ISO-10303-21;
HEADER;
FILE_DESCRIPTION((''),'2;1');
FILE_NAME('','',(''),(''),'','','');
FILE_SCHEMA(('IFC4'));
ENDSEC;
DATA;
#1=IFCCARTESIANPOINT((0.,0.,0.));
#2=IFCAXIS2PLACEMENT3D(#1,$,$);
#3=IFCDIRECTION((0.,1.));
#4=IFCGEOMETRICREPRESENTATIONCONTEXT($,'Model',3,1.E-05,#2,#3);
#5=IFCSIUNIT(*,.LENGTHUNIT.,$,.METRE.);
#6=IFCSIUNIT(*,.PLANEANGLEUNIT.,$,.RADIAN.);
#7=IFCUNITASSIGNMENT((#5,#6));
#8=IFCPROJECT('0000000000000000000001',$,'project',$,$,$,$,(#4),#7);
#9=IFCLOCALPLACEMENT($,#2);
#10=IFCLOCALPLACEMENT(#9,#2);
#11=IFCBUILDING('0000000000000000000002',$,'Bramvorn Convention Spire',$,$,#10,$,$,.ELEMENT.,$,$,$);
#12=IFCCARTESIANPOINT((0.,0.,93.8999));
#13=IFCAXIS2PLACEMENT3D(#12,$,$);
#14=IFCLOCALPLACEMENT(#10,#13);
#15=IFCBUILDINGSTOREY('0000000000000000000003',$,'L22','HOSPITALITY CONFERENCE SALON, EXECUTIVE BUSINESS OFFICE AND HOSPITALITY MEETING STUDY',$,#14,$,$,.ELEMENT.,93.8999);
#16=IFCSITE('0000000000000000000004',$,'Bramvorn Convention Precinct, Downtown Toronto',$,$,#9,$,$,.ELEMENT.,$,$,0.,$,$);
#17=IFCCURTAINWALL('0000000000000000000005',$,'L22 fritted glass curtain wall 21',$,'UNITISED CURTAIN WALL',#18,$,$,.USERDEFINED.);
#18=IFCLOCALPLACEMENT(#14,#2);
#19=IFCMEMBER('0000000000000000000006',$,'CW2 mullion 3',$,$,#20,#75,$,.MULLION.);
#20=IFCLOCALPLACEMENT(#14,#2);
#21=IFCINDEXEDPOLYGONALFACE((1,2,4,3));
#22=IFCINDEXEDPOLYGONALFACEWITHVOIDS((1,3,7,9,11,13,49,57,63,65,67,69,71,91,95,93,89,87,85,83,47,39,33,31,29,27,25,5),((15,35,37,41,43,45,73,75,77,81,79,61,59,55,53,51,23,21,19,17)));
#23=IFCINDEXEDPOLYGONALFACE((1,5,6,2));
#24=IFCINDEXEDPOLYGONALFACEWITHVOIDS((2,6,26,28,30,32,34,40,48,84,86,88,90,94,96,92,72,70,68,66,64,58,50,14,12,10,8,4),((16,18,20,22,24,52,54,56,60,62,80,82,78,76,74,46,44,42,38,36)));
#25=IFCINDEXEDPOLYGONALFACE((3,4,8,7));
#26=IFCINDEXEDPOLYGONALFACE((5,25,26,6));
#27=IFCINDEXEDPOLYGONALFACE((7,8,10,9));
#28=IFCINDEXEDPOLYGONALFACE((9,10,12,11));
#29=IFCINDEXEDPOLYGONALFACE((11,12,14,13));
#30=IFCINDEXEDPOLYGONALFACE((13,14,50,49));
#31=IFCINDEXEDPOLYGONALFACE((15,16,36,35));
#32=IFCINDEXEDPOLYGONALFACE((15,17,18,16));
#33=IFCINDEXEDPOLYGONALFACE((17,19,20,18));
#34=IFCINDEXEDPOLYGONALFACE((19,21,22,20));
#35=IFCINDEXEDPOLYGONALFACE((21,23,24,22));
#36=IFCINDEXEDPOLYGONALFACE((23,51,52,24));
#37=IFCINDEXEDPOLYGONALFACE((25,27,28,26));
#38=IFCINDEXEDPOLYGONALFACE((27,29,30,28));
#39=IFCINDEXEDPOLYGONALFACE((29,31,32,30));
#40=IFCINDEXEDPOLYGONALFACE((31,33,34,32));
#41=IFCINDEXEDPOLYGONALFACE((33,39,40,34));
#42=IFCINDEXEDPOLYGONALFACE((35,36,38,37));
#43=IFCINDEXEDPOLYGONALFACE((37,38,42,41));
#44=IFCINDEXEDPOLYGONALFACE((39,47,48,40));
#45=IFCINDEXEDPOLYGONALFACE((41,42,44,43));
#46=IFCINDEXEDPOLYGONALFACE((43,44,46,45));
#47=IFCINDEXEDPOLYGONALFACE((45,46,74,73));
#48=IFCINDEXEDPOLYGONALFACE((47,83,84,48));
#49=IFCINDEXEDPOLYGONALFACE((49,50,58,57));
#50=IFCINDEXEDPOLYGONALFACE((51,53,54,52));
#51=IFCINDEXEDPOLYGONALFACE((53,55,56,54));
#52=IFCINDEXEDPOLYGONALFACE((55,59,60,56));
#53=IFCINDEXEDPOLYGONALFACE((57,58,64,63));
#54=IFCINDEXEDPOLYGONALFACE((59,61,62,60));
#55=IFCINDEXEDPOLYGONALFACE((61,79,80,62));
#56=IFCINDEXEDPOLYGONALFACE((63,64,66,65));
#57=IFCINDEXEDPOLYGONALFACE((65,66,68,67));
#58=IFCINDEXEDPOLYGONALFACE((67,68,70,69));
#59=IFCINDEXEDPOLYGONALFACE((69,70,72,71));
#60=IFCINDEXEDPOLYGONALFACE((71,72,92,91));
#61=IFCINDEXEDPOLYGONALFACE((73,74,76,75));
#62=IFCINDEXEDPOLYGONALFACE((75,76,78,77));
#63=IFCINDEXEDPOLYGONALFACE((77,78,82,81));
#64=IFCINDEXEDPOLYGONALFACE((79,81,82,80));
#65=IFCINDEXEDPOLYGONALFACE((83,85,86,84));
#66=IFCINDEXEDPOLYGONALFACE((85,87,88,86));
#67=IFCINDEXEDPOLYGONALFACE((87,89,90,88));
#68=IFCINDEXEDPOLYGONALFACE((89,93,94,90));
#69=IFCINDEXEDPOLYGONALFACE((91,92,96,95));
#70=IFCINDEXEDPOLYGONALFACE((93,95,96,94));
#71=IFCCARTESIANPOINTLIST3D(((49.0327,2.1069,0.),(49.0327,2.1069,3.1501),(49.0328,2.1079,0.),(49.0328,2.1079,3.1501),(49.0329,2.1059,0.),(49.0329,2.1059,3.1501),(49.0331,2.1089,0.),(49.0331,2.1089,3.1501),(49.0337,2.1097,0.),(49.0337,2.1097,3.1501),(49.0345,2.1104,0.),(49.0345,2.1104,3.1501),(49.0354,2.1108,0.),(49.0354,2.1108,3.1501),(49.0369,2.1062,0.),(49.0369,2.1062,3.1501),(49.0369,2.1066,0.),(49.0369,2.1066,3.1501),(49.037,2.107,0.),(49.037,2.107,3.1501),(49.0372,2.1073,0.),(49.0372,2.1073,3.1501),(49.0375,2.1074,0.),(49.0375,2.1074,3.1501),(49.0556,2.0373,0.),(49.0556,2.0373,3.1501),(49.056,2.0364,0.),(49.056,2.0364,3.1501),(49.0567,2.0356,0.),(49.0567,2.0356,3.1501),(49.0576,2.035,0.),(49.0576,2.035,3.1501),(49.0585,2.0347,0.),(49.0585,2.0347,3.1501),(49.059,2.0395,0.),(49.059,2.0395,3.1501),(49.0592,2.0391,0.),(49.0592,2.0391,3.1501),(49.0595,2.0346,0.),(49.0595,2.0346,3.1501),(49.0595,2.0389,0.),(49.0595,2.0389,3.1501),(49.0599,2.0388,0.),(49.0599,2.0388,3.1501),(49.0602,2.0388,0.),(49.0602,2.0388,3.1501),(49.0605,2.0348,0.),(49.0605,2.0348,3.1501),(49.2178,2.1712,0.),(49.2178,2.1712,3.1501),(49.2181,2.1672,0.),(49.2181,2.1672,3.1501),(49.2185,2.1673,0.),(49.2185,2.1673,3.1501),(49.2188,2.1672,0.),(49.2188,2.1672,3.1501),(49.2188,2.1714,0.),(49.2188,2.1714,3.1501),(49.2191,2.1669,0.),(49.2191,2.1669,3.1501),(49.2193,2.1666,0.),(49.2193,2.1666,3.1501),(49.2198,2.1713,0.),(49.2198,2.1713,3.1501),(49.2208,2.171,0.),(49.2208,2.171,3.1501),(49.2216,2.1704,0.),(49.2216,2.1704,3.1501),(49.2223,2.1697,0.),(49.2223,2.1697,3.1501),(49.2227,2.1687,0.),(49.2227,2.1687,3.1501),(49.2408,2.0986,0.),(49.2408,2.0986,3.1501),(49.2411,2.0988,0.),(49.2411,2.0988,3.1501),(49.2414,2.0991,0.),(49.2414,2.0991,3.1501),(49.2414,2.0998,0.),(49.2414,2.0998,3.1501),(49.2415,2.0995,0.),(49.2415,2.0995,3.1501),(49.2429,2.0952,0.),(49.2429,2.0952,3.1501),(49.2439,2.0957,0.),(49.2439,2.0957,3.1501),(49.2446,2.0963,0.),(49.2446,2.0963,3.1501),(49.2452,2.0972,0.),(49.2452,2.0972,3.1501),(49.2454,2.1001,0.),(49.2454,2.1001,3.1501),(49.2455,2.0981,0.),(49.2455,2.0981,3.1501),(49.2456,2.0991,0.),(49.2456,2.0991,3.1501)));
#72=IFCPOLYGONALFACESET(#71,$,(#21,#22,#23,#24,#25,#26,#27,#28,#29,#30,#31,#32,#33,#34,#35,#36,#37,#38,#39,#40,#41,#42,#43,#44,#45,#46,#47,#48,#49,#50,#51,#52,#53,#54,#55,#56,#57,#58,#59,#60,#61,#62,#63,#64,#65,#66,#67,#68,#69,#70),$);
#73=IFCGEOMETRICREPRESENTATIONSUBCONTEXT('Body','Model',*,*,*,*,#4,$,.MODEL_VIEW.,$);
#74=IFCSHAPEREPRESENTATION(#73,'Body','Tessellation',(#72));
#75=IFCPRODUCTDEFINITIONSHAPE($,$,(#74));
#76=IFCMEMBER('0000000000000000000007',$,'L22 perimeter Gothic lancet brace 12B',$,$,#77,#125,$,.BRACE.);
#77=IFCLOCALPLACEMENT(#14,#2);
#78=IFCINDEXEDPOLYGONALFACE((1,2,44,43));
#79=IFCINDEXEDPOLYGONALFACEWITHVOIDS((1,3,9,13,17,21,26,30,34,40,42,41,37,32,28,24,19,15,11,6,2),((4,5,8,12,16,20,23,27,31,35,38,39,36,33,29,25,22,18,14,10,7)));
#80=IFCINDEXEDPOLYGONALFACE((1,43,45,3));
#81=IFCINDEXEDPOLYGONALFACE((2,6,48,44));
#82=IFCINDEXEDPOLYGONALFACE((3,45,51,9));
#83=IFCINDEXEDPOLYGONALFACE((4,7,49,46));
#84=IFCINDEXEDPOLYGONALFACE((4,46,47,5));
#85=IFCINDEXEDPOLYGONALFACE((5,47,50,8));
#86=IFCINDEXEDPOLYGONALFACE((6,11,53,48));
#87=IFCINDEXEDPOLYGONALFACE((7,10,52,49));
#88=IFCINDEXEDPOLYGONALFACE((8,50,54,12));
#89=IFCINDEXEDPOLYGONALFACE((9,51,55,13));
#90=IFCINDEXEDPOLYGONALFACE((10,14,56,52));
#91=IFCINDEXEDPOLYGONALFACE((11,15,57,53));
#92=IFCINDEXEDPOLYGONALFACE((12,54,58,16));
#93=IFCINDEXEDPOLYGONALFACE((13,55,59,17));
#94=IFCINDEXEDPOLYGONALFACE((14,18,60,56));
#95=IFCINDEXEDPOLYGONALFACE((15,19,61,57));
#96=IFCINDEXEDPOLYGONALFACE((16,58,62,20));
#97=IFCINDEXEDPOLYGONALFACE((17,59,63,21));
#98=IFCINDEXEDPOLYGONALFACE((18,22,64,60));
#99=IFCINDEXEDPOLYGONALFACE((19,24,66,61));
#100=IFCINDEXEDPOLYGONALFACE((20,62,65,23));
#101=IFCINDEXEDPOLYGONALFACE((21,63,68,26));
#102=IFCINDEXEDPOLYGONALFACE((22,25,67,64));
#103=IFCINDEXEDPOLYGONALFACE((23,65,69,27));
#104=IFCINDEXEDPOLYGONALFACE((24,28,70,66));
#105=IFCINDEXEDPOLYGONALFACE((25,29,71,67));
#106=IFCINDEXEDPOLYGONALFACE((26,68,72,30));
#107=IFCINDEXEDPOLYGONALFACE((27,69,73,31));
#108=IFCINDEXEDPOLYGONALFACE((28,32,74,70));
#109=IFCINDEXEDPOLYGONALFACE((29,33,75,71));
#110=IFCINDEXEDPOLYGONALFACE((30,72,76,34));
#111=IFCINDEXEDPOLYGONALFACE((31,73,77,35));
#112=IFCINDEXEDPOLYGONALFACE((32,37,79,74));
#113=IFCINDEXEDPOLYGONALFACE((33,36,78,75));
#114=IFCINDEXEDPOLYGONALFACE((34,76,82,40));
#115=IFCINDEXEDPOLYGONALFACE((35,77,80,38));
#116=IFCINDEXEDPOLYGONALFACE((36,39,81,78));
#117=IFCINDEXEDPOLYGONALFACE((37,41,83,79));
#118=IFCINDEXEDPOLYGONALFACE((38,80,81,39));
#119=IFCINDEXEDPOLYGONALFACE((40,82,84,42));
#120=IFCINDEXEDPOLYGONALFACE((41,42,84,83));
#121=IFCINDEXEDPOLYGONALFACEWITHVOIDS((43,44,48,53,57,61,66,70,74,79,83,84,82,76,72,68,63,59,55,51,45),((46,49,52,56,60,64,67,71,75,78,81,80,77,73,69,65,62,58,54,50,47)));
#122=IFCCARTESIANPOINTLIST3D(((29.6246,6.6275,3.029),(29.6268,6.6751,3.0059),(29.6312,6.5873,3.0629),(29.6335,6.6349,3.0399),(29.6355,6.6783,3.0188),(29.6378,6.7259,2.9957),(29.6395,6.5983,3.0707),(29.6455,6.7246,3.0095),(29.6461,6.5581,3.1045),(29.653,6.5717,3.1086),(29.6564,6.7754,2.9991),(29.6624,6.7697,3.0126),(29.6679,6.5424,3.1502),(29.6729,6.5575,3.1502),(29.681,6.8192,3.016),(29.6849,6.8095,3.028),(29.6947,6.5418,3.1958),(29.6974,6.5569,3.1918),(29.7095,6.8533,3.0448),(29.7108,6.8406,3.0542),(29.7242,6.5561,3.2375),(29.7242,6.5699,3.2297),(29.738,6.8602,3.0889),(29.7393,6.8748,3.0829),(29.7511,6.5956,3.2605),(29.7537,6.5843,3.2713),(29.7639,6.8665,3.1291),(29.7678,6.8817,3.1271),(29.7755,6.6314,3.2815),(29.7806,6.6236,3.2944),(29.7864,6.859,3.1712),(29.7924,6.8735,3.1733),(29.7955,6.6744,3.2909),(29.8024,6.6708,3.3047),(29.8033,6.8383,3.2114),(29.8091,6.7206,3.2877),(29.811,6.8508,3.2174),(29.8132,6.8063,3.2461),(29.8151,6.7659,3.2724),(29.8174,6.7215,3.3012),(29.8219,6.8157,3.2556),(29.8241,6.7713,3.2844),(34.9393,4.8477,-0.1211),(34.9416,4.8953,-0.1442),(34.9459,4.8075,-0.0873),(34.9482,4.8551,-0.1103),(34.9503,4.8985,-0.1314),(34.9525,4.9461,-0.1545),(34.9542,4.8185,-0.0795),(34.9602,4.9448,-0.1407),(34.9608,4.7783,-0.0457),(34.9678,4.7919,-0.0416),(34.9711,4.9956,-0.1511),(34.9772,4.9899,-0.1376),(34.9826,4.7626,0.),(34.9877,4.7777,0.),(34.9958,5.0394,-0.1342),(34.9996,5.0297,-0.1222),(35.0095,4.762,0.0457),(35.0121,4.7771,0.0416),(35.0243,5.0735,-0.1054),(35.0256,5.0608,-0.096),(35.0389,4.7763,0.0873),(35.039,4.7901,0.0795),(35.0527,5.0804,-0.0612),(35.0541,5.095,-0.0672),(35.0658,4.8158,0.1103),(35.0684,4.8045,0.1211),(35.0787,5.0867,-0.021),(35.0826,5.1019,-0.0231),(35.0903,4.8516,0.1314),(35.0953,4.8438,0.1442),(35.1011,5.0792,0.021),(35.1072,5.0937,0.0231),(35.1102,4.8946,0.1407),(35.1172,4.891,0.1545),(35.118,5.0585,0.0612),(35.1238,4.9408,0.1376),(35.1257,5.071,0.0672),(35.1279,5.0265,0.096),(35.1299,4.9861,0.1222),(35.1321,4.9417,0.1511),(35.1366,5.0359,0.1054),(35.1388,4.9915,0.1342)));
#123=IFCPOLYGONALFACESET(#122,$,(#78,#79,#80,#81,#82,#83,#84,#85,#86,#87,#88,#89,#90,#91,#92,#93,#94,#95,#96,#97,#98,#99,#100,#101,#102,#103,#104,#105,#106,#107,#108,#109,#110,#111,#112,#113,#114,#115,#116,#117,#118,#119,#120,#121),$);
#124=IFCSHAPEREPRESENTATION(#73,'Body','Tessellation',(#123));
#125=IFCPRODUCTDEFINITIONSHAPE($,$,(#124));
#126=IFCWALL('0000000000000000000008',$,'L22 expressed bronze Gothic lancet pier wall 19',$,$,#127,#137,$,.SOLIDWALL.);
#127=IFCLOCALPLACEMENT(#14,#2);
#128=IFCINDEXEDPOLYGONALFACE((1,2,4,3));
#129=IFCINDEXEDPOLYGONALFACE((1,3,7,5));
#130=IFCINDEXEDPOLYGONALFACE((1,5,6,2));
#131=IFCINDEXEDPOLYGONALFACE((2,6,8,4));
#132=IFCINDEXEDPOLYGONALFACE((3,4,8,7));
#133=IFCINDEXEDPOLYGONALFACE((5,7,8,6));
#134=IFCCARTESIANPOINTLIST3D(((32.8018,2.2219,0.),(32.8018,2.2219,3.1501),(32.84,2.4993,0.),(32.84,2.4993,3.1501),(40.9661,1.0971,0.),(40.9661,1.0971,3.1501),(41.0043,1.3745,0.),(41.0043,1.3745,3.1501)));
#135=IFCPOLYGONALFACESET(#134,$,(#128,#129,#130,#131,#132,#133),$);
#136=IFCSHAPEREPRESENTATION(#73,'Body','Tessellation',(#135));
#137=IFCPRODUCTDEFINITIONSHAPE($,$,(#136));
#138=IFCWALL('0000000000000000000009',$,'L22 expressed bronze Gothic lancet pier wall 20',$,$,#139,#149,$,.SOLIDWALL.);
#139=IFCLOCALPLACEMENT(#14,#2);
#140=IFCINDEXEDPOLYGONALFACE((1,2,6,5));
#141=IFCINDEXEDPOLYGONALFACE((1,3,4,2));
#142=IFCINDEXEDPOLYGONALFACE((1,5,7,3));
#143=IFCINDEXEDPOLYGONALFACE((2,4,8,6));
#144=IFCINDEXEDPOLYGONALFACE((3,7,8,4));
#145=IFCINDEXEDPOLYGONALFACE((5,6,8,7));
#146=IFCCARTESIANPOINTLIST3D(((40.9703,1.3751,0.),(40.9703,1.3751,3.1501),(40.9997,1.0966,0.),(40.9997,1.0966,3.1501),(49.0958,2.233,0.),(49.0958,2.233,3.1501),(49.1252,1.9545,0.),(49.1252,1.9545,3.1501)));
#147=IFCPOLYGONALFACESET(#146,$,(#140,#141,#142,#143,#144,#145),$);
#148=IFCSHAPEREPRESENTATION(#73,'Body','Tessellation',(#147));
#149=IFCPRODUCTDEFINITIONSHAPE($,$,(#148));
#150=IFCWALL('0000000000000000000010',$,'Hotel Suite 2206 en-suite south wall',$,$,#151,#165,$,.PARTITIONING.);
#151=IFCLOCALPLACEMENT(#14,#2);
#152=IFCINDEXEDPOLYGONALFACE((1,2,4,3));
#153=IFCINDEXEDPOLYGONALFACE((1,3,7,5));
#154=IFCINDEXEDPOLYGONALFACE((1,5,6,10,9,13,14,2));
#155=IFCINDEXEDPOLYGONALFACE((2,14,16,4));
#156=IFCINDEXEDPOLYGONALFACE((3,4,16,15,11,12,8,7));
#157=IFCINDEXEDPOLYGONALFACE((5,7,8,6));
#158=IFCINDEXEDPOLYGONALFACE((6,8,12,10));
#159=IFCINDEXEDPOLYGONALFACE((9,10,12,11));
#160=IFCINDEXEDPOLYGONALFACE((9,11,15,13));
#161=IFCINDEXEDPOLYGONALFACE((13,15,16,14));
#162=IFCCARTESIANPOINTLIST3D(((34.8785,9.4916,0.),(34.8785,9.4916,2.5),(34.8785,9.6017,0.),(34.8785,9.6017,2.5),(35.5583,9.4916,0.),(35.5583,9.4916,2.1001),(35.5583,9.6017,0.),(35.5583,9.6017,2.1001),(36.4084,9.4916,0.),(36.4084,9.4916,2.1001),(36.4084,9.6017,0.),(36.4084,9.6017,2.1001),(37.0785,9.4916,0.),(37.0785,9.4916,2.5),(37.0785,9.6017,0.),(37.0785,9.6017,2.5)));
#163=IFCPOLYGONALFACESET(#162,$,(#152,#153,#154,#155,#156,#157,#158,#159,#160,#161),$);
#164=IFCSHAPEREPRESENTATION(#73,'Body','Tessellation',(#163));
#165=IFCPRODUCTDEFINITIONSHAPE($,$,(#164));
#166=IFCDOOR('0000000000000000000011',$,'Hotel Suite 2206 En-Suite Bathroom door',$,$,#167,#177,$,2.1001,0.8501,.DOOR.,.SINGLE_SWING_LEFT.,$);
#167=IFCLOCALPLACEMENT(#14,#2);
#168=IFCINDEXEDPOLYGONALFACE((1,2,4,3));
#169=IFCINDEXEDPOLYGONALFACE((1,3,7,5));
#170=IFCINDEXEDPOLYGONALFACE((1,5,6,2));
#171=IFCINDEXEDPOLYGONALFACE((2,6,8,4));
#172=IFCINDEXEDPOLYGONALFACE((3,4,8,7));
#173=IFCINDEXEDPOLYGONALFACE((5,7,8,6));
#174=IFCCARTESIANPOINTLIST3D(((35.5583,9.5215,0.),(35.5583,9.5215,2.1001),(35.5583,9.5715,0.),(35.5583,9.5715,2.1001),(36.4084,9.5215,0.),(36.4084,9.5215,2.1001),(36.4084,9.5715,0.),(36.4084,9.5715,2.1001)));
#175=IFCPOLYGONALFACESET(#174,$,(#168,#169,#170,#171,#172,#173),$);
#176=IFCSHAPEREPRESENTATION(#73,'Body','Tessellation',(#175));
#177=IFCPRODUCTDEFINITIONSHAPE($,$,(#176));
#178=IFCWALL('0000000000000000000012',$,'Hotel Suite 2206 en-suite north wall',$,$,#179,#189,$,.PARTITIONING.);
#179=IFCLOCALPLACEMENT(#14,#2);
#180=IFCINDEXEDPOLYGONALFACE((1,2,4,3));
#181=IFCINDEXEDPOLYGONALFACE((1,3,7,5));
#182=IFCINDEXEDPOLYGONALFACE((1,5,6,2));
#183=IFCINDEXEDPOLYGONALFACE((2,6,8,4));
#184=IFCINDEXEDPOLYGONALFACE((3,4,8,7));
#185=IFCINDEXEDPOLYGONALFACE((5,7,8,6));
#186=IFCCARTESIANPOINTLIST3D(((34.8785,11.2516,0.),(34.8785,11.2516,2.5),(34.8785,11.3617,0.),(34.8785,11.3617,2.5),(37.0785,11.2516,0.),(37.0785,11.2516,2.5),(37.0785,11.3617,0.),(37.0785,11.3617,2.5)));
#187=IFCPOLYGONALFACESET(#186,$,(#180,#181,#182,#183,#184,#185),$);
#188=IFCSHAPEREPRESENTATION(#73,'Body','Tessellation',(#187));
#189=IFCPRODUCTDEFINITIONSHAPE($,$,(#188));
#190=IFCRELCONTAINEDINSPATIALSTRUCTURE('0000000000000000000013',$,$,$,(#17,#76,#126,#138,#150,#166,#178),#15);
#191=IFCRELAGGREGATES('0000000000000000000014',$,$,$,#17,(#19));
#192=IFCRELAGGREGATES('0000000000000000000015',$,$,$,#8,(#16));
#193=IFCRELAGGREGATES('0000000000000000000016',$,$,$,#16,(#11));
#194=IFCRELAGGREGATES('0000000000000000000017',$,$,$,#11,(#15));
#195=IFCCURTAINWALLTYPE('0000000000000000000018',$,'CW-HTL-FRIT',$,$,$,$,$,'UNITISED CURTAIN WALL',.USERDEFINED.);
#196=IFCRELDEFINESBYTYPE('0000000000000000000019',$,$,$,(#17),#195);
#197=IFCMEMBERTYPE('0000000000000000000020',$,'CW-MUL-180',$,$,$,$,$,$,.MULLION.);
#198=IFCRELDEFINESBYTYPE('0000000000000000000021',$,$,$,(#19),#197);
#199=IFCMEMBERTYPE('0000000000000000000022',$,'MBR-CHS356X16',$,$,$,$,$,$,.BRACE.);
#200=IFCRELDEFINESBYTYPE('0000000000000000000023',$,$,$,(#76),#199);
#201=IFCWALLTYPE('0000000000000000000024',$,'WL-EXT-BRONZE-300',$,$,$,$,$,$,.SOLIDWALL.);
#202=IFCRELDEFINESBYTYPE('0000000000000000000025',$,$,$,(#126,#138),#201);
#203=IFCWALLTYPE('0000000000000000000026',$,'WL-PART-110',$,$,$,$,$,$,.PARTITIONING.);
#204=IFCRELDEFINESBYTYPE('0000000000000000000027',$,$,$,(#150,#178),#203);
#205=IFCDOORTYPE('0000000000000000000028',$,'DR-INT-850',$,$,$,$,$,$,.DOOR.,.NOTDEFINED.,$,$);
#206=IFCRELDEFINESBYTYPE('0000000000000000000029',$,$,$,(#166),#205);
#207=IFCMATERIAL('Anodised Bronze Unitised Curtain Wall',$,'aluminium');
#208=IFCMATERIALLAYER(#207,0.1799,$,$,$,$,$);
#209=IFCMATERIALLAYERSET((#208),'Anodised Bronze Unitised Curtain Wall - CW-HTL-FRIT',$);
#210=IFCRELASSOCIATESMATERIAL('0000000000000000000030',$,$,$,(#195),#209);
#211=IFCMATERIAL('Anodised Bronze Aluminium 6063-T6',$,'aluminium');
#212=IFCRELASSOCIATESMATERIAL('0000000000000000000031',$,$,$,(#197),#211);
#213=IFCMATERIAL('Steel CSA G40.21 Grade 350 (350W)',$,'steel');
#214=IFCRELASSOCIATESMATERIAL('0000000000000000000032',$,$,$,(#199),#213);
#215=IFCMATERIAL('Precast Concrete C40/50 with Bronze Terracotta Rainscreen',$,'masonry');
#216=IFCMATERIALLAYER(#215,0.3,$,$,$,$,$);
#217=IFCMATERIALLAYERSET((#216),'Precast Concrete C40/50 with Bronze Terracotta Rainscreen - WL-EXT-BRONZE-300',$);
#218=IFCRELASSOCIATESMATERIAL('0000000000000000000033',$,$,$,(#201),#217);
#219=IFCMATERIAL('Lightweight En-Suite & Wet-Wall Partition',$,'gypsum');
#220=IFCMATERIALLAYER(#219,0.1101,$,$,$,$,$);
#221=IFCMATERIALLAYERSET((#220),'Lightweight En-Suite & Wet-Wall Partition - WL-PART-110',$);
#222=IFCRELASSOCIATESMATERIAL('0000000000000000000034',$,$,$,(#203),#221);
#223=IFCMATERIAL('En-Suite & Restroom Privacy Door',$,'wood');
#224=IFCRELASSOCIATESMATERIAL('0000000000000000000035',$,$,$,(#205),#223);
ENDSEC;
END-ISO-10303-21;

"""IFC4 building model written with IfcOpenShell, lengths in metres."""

from ifc_helpers import new_model, si_unit, direction, frame, frame_2d, origin, origin_2d, place, context, subcontext, project, spatial, rectangle, hollow_rectangle, hollow_circle, extrude, material, layer, layer_set, material_profile, profile_set, type_object, element, fill, aggregate, save


model = new_model("IFC4")

# Units and contexts
model_context = context("Model", 3, precision=1e-05, world=origin(), true_north=direction((0.0, 1.0)))
body_context = subcontext(model_context, "Body", "Model", "MODEL_VIEW")
ifc_project = project(units=[si_unit("LENGTHUNIT", "METRE"), si_unit("PLANEANGLEUNIT", "RADIAN")], contexts=[model_context])

# Site, building, storey
site_placement = place(None, origin())
site = spatial("IfcSite", under=ifc_project, at=site_placement, Name="Bramvorn Convention Precinct, Downtown Toronto", CompositionType="ELEMENT", RefElevation=0.0)
building_placement = place(site_placement, origin())
building = spatial("IfcBuilding", under=site, at=building_placement, Name="Bramvorn Convention Spire", CompositionType="ELEMENT")
storey_placement = place(building_placement, frame((0.0, 0.0, 93.8999)))
storey = spatial("IfcBuildingStorey", under=building, at=storey_placement, Name="L22", Description="HOSPITALITY CONFERENCE SALON, EXECUTIVE BUSINESS OFFICE AND HOSPITALITY MEETING STUDY", CompositionType="ELEMENT", Elevation=93.8999)

# Shared definitions
ifc_material_1 = material(Name="Steel CSA G40.21 Grade 350 (350W)", Category="steel")

# Curtain wall, member
ifc_material_2 = material(Name="Anodised Bronze Unitised Curtain Wall", Category="aluminium")
ifc_layer_1 = layer(ifc_material_2, 0.1799)
ifc_layer_set_1 = layer_set([ifc_layer_1], Name="Anodised Bronze Unitised Curtain Wall - CW-HTL-FRIT")
curtain_wall_type = type_object("IfcCurtainWallType", Name="CW-HTL-FRIT", ElementType="UNITISED CURTAIN WALL", PredefinedType="USERDEFINED", material=ifc_layer_set_1)
curtain_wall_placement = place(storey_placement, origin())
curtain_wall = element("IfcCurtainWall", 1, at=curtain_wall_placement, inside=storey, type_object=curtain_wall_type, Name="L22 fritted glass curtain wall 21", ObjectType="UNITISED CURTAIN WALL", PredefinedType="USERDEFINED")
ifc_material_3 = material(Name="Anodised Bronze Aluminium 6063-T6", Category="aluminium")
ifc_material_profile_1 = material_profile(ifc_material_3, hollow_rectangle(XDim=0.0801, YDim=0.2, WallThickness=0.0039, InnerFilletRadius=0.001, OuterFilletRadius=0.0039, at=origin_2d()))
ifc_profile_set_1 = profile_set([ifc_material_profile_1], Name="Anodised Bronze Aluminium 6063-T6 - CWM80X200")
member_type_1 = type_object("IfcMemberType", Name="CW-MUL-180", PredefinedType="MULLION", material=ifc_profile_set_1)
member_1_placement = place(storey_placement, frame((49.1392, 2.103, 0.0), z_axis=(0.0, 0.0, 1.0), x_axis=(0.314269, -0.949334, 0.0)))
member_1 = element("IfcMember", 2, at=member_1_placement, type_object=member_type_1, Name="CW2 mullion 3", PredefinedType="MULLION", context=body_context, shape_type="SweptSolid", body=[
    extrude(hollow_rectangle(XDim=0.0801, YDim=0.2, WallThickness=0.0039, InnerFilletRadius=0.001, OuterFilletRadius=0.0039, at=origin_2d()), origin(), (0.0, 0.0, 1.0), 3.1501),
])
aggregate(curtain_wall, [member_1])

# Member
ifc_material_profile_2 = material_profile(ifc_material_1, hollow_circle(Radius=0.1777, WallThickness=0.0159, at=origin_2d()))
ifc_profile_set_2 = profile_set([ifc_material_profile_2], Name="Steel CSA G40.21 Grade 350 (350W) - CHS356X16")
member_type_2 = type_object("IfcMemberType", Name="MBR-CHS356X16", PredefinedType="BRACE", material=ifc_profile_set_2)
member_2_placement = place(storey_placement, frame((35.0391, 4.9312, 0.0), z_axis=(-0.826625, 0.27682, 0.48996), x_axis=(-0.317547, -0.948242, 0.0)))
element("IfcMember", 3, at=member_2_placement, inside=storey, type_object=member_type_2, Name="L22 perimeter Gothic lancet brace 12B", PredefinedType="BRACE", context=body_context, shape_type="SweptSolid", body=[
    extrude(hollow_circle(Radius=0.1777, WallThickness=0.0159, at=origin_2d()), origin(), (0.0, 0.0, 1.0), 6.4294),
])

# Walls
ifc_material_4 = material(Name="Precast Concrete C40/50 with Bronze Terracotta Rainscreen", Category="masonry")
ifc_layer_2 = layer(ifc_material_4, 0.3)
ifc_layer_set_2 = layer_set([ifc_layer_2], Name="Precast Concrete C40/50 with Bronze Terracotta Rainscreen - WL-EXT-BRONZE-300")
wall_type_1 = type_object("IfcWallType", Name="WL-EXT-BRONZE-300", PredefinedType="SOLIDWALL", material=ifc_layer_set_2)
wall_1_placement = place(storey_placement, frame((40.9851, 1.2358, 0.0), z_axis=(0.0, 0.0, 1.0), x_axis=(-0.990643, 0.136476, 0.0)))
element("IfcWall", 4, at=wall_1_placement, inside=storey, type_object=wall_type_1, Name="L22 expressed bronze Gothic lancet pier wall 19", PredefinedType="SOLIDWALL", context=body_context, shape_type="SweptSolid", body=[
    extrude(rectangle(XDim=8.2415, YDim=0.28, at=frame_2d((4.1206, 0.0))), origin(), (0.0, 0.0, 1.0), 3.1501),
])
wall_2_placement = place(storey_placement, frame((49.1106, 2.0938, 0.0), z_axis=(0.0, 0.0, 1.0), x_axis=(-0.994472, -0.104999, 0.0)))
element("IfcWall", 5, at=wall_2_placement, inside=storey, type_object=wall_type_1, Name="L22 expressed bronze Gothic lancet pier wall 20", PredefinedType="SOLIDWALL", context=body_context, shape_type="SweptSolid", body=[
    extrude(rectangle(XDim=8.1707, YDim=0.28, at=frame_2d((4.0854, 0.0))), origin(), (0.0, 0.0, 1.0), 3.1501),
])

# Wall, opening, door
ifc_material_5 = material(Name="Lightweight En-Suite & Wet-Wall Partition", Category="gypsum")
ifc_layer_3 = layer(ifc_material_5, 0.1101)
ifc_layer_set_3 = layer_set([ifc_layer_3], Name="Lightweight En-Suite & Wet-Wall Partition - WL-PART-110")
wall_type_2 = type_object("IfcWallType", Name="WL-PART-110", PredefinedType="PARTITIONING", material=ifc_layer_set_3)
wall_3_placement = place(storey_placement, frame((34.8784, 9.5466, 0.0), z_axis=(0.0, 0.0, 1.0), x_axis=(1.0, 0.0, 0.0)))
wall_3 = element("IfcWall", 6, at=wall_3_placement, inside=storey, type_object=wall_type_2, Name="Hotel Suite 2206 en-suite south wall", PredefinedType="PARTITIONING", context=body_context, shape_type="SweptSolid", body=[
    extrude(rectangle(XDim=2.2, YDim=0.1101, at=frame_2d((1.1001, 0.0))), origin(), (0.0, 0.0, 1.0), 2.5),
])
opening_placement = place(wall_3_placement, frame((0.6799, 0.0, 0.0)))
opening = element("IfcOpeningElement", 7, at=opening_placement, cuts=wall_3, PredefinedType="OPENING", context=body_context, shape_type="SweptSolid", body=[
    extrude(rectangle(XDim=0.8501, YDim=2.1001, at=frame_2d((0.425, 1.05))), frame((0.0, 0.0649, 0.0), z_axis=(0.0, -1.0, 0.0), x_axis=(1.0, 0.0, 0.0)), (0.0, 0.0, 1.0), 0.1301),
])
ifc_material_6 = material(Name="En-Suite & Restroom Privacy Door", Category="wood")
door_type = type_object("IfcDoorType", Name="DR-INT-850", OperationType="NOTDEFINED", PredefinedType="DOOR", material=ifc_material_6)
door_placement = place(opening_placement, origin())
door = element("IfcDoor", 8, at=door_placement, inside=storey, type_object=door_type, Name="Hotel Suite 2206 En-Suite Bathroom door", OperationType="SINGLE_SWING_LEFT", OverallHeight=2.1001, OverallWidth=0.8501, PredefinedType="DOOR", context=body_context, shape_type="SweptSolid", body=[
    extrude(rectangle(XDim=0.8501, YDim=2.1001, at=frame_2d((0.425, 1.05))), frame((0.0, 0.0249, 0.0), z_axis=(0.0, -1.0, 0.0), x_axis=(1.0, 0.0, 0.0)), (0.0, 0.0, 1.0), 0.05),
])
fill(opening, door)

# Wall
wall_4_placement = place(storey_placement, frame((34.8784, 11.3066, 0.0), z_axis=(0.0, 0.0, 1.0), x_axis=(1.0, 0.0, 0.0)))
element("IfcWall", 9, at=wall_4_placement, inside=storey, type_object=wall_type_2, Name="Hotel Suite 2206 en-suite north wall", PredefinedType="PARTITIONING", context=body_context, shape_type="SweptSolid", body=[
    extrude(rectangle(XDim=2.2, YDim=0.1101, at=frame_2d((1.1001, 0.0))), origin(), (0.0, 0.0, 1.0), 2.5),
])

save(model, "model.ifc")
